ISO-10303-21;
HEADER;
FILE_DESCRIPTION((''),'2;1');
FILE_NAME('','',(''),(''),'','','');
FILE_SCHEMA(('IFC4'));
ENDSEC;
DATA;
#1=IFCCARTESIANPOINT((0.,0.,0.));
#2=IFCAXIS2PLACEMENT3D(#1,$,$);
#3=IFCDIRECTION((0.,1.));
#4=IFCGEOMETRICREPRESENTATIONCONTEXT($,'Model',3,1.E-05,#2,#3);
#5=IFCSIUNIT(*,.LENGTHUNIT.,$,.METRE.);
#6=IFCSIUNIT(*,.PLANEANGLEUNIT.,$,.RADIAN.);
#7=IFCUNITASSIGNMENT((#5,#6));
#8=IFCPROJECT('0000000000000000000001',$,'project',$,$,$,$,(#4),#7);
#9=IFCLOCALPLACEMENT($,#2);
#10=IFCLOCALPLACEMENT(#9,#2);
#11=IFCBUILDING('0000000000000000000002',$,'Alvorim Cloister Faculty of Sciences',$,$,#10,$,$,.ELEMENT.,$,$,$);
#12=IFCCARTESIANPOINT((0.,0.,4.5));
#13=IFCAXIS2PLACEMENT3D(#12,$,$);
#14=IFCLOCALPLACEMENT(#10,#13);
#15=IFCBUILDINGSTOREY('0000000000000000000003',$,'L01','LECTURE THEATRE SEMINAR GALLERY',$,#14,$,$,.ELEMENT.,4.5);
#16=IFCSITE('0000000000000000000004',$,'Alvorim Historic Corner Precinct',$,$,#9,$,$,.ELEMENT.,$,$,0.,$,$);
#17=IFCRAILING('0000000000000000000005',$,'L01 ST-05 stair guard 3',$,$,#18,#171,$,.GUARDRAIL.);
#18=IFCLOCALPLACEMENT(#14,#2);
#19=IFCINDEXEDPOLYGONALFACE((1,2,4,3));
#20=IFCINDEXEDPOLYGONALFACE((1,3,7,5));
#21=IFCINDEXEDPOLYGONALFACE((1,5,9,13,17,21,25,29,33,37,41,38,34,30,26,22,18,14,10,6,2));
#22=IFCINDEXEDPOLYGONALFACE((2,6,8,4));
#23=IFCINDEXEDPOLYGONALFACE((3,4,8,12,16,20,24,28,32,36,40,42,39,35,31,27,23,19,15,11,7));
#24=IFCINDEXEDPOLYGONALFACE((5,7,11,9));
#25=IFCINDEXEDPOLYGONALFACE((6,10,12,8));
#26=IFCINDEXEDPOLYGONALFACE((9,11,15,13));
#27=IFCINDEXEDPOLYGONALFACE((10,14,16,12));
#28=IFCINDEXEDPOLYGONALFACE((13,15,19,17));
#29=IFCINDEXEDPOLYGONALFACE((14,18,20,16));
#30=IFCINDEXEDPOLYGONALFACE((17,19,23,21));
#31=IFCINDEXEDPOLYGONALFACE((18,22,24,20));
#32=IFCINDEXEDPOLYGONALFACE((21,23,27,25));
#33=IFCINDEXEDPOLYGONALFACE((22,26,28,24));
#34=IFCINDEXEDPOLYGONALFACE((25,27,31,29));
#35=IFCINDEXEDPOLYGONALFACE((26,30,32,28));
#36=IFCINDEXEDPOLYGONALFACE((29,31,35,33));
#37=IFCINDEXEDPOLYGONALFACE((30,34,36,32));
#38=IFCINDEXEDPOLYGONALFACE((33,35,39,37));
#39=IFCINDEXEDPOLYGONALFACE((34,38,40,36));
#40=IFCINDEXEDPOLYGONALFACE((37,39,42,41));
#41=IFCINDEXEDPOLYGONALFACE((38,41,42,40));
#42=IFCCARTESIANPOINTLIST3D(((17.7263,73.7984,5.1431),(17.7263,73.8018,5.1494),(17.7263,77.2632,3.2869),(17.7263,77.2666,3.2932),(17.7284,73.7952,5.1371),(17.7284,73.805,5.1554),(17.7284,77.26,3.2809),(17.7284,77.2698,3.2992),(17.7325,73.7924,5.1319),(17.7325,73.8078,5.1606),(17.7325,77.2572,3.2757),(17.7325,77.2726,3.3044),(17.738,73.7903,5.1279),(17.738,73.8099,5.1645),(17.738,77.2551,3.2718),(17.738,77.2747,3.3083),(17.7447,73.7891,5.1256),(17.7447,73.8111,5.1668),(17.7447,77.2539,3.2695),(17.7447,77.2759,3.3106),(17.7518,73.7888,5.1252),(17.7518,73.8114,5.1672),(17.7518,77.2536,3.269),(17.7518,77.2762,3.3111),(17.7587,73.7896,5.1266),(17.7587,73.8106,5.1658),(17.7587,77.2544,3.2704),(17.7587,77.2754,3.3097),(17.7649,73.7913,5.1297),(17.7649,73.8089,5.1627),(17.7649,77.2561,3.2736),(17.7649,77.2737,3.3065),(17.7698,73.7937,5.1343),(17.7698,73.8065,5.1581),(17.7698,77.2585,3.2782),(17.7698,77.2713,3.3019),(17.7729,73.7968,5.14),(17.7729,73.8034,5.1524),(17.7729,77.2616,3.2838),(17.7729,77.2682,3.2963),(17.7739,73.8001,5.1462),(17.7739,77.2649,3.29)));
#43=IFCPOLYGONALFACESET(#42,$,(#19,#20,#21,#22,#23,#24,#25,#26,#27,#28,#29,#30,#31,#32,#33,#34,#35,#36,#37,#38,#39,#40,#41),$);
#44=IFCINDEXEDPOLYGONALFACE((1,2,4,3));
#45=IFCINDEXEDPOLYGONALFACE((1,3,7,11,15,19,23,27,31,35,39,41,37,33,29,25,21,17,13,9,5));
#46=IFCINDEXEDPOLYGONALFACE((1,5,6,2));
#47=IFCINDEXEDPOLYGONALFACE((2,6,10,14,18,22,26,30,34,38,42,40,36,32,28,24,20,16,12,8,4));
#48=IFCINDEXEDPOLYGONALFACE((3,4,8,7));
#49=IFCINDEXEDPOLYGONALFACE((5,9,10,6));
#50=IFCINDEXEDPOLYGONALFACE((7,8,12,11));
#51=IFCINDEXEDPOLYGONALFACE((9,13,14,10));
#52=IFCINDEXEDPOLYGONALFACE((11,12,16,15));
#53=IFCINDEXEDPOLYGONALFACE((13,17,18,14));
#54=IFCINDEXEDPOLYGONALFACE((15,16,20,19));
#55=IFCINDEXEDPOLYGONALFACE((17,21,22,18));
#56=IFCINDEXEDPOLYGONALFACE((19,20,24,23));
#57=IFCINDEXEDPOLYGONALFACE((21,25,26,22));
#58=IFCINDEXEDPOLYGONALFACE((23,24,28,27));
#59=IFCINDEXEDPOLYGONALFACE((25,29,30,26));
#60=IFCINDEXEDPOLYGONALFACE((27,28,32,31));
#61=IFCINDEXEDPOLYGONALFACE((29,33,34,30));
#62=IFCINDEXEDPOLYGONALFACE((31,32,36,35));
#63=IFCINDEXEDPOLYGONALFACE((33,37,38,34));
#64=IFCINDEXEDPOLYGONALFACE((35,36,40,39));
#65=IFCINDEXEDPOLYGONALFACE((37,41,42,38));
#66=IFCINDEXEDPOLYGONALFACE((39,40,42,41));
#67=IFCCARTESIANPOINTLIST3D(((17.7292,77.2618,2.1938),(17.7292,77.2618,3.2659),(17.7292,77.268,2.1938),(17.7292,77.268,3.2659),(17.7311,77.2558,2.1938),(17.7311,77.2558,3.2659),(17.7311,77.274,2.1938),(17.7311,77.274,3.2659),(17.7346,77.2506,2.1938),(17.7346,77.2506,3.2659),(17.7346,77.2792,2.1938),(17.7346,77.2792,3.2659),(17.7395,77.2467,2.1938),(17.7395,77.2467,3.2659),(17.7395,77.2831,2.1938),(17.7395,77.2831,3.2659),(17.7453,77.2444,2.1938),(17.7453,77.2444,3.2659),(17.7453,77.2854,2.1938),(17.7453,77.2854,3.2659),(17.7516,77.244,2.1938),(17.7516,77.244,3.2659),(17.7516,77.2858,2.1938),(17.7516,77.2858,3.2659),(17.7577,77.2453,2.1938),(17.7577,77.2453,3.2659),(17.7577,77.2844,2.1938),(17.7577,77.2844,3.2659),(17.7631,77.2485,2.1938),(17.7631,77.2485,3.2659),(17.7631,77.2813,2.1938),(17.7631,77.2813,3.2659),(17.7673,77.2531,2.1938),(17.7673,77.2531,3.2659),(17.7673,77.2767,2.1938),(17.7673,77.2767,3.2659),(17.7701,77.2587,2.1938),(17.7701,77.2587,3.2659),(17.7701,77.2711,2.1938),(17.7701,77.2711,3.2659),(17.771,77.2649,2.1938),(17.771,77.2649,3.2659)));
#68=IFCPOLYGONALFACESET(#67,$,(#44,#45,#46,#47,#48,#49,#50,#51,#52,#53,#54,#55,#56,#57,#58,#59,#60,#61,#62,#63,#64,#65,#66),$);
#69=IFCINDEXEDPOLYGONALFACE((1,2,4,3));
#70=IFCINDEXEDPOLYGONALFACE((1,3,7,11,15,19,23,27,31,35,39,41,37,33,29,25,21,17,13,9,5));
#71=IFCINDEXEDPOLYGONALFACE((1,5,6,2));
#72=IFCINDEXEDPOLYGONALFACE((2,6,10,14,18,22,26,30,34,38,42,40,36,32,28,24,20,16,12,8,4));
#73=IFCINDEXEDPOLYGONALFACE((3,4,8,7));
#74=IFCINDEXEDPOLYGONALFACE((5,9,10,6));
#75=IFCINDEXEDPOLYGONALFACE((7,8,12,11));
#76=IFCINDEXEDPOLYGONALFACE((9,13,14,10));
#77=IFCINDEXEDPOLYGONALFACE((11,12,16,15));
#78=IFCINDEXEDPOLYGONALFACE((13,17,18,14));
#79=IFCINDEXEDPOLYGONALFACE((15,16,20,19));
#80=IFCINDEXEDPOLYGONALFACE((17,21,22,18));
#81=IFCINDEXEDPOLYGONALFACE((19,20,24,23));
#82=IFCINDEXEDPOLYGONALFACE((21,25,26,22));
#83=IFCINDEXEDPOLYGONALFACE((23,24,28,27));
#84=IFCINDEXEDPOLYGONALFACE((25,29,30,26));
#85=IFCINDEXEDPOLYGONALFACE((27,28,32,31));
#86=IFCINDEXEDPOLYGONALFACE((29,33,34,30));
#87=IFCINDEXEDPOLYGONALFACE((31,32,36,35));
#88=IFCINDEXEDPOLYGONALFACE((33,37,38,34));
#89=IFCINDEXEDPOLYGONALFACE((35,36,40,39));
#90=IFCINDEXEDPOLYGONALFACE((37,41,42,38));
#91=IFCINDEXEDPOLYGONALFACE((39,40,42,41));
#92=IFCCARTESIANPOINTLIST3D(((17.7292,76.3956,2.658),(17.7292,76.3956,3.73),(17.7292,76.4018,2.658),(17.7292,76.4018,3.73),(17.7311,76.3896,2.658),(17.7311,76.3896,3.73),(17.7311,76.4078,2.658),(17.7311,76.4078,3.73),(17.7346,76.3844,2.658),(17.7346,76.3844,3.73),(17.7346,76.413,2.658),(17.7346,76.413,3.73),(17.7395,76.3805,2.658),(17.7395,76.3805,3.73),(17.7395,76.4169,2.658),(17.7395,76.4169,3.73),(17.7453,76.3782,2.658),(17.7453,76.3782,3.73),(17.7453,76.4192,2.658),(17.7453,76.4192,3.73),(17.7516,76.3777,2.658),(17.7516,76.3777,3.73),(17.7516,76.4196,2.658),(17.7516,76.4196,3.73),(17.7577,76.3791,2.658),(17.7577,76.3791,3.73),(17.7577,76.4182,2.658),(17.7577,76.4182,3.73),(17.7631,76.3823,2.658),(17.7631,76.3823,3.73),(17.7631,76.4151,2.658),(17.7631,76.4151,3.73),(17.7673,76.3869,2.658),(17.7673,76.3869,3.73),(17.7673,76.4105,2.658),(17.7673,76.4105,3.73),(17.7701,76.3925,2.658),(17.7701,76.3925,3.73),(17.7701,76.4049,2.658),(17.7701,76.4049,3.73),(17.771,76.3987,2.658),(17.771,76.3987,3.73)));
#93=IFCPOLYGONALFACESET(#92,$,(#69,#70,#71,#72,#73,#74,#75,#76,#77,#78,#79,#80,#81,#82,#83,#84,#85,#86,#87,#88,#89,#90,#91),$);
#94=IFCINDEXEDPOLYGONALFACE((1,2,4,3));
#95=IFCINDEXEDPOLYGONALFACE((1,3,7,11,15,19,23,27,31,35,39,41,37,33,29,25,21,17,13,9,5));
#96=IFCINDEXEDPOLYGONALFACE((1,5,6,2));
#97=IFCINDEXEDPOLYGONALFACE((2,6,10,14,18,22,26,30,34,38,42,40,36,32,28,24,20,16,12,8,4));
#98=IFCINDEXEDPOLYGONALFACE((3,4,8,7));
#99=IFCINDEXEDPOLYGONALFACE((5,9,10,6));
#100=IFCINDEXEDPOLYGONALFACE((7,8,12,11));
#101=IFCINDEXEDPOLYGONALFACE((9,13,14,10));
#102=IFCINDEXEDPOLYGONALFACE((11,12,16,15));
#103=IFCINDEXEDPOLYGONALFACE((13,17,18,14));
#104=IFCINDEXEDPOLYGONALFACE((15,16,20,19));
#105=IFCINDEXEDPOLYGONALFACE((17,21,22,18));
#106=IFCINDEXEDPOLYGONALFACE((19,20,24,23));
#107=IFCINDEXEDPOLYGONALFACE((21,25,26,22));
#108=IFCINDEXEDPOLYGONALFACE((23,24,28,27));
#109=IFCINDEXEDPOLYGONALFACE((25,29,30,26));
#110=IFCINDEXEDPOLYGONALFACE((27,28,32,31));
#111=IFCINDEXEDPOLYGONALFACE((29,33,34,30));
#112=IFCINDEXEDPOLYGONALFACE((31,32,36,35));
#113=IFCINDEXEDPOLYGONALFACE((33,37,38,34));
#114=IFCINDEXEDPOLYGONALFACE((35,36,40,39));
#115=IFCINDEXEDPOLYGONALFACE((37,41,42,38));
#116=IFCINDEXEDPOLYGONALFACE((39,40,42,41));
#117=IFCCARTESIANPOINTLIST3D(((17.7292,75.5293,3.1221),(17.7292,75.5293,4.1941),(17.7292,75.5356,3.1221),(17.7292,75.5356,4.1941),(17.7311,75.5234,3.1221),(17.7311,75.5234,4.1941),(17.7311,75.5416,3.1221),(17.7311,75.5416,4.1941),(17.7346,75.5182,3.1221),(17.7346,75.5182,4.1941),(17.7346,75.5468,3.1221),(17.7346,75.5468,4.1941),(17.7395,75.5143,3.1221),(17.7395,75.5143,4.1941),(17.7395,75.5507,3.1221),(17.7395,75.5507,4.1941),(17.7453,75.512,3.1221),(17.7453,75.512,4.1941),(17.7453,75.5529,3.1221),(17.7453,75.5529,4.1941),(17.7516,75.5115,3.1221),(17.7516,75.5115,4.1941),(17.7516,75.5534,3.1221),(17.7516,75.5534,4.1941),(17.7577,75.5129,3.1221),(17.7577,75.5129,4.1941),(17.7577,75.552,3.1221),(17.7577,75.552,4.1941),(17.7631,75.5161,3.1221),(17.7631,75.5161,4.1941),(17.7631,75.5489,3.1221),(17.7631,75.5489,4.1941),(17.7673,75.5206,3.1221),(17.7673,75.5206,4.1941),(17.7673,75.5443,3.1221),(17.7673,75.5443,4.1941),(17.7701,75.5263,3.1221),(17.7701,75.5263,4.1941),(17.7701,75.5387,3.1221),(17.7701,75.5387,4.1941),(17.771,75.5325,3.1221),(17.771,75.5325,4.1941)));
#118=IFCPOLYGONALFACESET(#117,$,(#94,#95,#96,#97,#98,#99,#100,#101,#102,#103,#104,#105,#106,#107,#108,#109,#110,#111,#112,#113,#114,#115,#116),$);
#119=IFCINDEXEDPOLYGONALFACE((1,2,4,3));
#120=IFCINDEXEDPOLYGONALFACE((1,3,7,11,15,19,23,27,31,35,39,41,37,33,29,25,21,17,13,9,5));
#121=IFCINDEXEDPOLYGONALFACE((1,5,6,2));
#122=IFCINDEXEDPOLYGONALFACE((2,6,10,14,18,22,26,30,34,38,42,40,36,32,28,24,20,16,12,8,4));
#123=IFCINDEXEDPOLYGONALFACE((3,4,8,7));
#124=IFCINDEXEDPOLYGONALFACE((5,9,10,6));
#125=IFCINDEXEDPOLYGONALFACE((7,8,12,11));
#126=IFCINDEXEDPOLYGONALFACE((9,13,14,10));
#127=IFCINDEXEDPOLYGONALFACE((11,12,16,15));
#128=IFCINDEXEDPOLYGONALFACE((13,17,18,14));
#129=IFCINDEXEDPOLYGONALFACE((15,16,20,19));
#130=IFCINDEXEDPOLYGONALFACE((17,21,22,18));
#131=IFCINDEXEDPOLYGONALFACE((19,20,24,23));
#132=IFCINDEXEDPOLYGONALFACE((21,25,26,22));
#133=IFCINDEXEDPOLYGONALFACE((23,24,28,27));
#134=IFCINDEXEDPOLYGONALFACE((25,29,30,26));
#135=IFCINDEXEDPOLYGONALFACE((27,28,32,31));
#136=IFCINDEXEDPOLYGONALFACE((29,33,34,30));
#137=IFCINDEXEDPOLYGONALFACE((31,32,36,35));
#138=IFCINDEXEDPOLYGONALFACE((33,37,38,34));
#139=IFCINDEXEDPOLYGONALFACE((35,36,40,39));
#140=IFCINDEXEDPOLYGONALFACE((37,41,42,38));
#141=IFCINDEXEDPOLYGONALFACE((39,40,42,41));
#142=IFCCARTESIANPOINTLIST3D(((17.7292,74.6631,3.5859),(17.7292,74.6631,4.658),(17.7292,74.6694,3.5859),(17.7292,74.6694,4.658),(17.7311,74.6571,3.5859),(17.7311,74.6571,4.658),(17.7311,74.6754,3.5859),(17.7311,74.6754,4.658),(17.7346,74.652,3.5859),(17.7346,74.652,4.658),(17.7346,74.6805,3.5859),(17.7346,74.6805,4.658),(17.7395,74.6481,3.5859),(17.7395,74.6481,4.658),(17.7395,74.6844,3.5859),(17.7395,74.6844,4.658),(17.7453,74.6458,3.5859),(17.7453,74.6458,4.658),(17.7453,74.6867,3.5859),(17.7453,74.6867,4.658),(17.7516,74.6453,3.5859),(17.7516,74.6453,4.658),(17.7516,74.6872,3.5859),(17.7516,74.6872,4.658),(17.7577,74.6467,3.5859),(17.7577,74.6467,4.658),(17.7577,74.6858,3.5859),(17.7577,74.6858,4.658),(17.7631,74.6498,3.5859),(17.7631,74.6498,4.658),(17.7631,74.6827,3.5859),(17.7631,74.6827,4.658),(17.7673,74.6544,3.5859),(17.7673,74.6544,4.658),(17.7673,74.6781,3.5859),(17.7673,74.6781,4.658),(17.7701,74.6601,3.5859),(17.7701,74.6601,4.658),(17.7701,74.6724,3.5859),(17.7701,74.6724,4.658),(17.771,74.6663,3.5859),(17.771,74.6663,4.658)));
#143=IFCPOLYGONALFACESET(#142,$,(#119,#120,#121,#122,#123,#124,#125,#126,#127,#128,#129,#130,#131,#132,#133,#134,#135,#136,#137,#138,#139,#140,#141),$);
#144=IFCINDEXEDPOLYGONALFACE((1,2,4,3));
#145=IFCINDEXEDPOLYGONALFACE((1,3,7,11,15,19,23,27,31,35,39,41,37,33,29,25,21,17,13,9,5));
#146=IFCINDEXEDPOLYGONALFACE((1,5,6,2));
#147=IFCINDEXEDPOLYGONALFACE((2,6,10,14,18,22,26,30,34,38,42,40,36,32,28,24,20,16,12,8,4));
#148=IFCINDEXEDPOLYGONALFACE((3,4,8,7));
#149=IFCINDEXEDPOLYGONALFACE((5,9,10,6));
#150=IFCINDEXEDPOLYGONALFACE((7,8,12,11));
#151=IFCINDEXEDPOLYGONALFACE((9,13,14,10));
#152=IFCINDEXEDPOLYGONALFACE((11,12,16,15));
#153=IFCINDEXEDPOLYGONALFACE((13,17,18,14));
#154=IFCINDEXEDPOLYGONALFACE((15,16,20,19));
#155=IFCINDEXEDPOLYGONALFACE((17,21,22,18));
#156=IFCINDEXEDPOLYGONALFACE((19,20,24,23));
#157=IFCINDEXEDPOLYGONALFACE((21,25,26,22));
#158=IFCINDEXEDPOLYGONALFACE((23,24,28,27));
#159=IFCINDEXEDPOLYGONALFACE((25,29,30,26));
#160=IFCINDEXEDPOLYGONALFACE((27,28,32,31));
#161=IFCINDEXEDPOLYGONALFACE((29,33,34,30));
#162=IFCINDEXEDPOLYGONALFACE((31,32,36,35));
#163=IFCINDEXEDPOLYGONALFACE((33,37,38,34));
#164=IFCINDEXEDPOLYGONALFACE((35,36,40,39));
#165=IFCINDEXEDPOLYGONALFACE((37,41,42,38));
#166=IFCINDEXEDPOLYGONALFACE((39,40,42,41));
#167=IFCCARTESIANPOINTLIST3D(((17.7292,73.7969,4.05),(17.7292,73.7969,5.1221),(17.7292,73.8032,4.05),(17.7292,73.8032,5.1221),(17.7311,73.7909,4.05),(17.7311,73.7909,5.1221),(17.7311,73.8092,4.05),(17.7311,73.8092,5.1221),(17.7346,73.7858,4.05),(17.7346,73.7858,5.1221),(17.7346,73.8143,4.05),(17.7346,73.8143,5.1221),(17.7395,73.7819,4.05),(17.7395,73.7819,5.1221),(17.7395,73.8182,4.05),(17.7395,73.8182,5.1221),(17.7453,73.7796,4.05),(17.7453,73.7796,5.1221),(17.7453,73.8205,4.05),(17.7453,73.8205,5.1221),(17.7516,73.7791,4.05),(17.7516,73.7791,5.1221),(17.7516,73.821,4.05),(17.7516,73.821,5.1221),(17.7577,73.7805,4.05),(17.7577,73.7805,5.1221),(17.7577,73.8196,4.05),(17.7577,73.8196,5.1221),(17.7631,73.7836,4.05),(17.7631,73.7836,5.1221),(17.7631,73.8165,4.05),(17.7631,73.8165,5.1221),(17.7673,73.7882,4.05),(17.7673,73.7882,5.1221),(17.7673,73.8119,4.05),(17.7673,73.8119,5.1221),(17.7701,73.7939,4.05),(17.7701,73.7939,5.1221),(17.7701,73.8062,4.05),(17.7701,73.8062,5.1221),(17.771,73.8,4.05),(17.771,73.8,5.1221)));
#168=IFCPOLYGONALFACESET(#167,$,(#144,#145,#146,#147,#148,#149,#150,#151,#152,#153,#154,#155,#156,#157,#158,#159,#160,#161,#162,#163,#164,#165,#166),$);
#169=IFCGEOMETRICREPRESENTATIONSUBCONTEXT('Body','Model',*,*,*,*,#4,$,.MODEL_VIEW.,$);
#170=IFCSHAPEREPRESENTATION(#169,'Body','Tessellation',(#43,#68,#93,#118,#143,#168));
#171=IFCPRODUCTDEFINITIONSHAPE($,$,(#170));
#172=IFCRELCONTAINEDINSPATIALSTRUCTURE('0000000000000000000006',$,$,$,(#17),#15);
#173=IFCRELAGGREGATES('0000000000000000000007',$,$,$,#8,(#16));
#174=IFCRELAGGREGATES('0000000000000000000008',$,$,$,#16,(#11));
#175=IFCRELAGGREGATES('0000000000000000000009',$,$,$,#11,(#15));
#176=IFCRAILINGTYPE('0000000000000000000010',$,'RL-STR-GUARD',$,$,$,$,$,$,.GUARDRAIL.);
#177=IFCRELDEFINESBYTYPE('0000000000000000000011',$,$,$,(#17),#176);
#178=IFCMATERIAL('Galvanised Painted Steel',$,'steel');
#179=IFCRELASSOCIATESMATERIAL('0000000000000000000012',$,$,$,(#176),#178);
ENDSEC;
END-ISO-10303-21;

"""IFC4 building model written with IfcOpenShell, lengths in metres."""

from ifc_helpers import new_model, si_unit, direction, frame, origin, origin_2d, place, context, subcontext, project, spatial, circle, extrude, material, type_object, element, save


model = new_model("IFC4")

# Units and contexts
model_context = context("Model", 3, precision=1e-05, world=origin(), true_north=direction((0.0, 1.0)))
body_context = subcontext(model_context, "Body", "Model", "MODEL_VIEW")
ifc_project = project(units=[si_unit("LENGTHUNIT", "METRE"), si_unit("PLANEANGLEUNIT", "RADIAN")], contexts=[model_context])

# Site, building, storey
site_placement = place(None, origin())
site = spatial("IfcSite", under=ifc_project, at=site_placement, Name="Alvorim Historic Corner Precinct", CompositionType="ELEMENT", RefElevation=0.0)
building_placement = place(site_placement, origin())
building = spatial("IfcBuilding", under=site, at=building_placement, Name="Alvorim Cloister Faculty of Sciences", CompositionType="ELEMENT")
storey_placement = place(building_placement, frame((0.0, 0.0, 4.5)))
storey = spatial("IfcBuildingStorey", under=building, at=storey_placement, Name="L01", Description="LECTURE THEATRE SEMINAR GALLERY", CompositionType="ELEMENT", Elevation=4.5)

# Railing
ifc_material_1 = material(Name="Galvanised Painted Steel", Category="steel")
railing_type = type_object("IfcRailingType", Name="RL-STR-GUARD", PredefinedType="GUARDRAIL", material=ifc_material_1)
railing_1_placement = place(storey_placement, frame((17.75, 77.2649, 2.1938)))
element("IfcRailing", 1, at=railing_1_placement, inside=storey, type_object=railing_type, Name="L01 ST-05 stair guard 3", PredefinedType="GUARDRAIL", context=body_context, shape_type="SweptSolid", body=[
    extrude(circle(Radius=0.0239, at=origin_2d()), frame((0.0, 0.0, 1.0962), z_axis=(0.0, -0.881476, 0.472228), x_axis=(1.0, 0.0, 0.0)), (0.0, 0.0, 1.0), 3.9307),
    extrude(circle(Radius=0.021, at=origin_2d()), origin(), (0.0, 0.0, 1.0), 1.072),
    extrude(circle(Radius=0.021, at=origin_2d()), frame((0.0, -0.8662, 0.4641)), (0.0, 0.0, 1.0), 1.072),
    extrude(circle(Radius=0.021, at=origin_2d()), frame((0.0, -1.7324, 0.9282)), (0.0, 0.0, 1.0), 1.072),
    extrude(circle(Radius=0.021, at=origin_2d()), frame((0.0, -2.5986, 1.3921)), (0.0, 0.0, 1.0), 1.072),
    extrude(circle(Radius=0.021, at=origin_2d()), frame((0.0, -3.4648, 1.8562)), (0.0, 0.0, 1.0), 1.072),
])

save(model, "model.ifc")
